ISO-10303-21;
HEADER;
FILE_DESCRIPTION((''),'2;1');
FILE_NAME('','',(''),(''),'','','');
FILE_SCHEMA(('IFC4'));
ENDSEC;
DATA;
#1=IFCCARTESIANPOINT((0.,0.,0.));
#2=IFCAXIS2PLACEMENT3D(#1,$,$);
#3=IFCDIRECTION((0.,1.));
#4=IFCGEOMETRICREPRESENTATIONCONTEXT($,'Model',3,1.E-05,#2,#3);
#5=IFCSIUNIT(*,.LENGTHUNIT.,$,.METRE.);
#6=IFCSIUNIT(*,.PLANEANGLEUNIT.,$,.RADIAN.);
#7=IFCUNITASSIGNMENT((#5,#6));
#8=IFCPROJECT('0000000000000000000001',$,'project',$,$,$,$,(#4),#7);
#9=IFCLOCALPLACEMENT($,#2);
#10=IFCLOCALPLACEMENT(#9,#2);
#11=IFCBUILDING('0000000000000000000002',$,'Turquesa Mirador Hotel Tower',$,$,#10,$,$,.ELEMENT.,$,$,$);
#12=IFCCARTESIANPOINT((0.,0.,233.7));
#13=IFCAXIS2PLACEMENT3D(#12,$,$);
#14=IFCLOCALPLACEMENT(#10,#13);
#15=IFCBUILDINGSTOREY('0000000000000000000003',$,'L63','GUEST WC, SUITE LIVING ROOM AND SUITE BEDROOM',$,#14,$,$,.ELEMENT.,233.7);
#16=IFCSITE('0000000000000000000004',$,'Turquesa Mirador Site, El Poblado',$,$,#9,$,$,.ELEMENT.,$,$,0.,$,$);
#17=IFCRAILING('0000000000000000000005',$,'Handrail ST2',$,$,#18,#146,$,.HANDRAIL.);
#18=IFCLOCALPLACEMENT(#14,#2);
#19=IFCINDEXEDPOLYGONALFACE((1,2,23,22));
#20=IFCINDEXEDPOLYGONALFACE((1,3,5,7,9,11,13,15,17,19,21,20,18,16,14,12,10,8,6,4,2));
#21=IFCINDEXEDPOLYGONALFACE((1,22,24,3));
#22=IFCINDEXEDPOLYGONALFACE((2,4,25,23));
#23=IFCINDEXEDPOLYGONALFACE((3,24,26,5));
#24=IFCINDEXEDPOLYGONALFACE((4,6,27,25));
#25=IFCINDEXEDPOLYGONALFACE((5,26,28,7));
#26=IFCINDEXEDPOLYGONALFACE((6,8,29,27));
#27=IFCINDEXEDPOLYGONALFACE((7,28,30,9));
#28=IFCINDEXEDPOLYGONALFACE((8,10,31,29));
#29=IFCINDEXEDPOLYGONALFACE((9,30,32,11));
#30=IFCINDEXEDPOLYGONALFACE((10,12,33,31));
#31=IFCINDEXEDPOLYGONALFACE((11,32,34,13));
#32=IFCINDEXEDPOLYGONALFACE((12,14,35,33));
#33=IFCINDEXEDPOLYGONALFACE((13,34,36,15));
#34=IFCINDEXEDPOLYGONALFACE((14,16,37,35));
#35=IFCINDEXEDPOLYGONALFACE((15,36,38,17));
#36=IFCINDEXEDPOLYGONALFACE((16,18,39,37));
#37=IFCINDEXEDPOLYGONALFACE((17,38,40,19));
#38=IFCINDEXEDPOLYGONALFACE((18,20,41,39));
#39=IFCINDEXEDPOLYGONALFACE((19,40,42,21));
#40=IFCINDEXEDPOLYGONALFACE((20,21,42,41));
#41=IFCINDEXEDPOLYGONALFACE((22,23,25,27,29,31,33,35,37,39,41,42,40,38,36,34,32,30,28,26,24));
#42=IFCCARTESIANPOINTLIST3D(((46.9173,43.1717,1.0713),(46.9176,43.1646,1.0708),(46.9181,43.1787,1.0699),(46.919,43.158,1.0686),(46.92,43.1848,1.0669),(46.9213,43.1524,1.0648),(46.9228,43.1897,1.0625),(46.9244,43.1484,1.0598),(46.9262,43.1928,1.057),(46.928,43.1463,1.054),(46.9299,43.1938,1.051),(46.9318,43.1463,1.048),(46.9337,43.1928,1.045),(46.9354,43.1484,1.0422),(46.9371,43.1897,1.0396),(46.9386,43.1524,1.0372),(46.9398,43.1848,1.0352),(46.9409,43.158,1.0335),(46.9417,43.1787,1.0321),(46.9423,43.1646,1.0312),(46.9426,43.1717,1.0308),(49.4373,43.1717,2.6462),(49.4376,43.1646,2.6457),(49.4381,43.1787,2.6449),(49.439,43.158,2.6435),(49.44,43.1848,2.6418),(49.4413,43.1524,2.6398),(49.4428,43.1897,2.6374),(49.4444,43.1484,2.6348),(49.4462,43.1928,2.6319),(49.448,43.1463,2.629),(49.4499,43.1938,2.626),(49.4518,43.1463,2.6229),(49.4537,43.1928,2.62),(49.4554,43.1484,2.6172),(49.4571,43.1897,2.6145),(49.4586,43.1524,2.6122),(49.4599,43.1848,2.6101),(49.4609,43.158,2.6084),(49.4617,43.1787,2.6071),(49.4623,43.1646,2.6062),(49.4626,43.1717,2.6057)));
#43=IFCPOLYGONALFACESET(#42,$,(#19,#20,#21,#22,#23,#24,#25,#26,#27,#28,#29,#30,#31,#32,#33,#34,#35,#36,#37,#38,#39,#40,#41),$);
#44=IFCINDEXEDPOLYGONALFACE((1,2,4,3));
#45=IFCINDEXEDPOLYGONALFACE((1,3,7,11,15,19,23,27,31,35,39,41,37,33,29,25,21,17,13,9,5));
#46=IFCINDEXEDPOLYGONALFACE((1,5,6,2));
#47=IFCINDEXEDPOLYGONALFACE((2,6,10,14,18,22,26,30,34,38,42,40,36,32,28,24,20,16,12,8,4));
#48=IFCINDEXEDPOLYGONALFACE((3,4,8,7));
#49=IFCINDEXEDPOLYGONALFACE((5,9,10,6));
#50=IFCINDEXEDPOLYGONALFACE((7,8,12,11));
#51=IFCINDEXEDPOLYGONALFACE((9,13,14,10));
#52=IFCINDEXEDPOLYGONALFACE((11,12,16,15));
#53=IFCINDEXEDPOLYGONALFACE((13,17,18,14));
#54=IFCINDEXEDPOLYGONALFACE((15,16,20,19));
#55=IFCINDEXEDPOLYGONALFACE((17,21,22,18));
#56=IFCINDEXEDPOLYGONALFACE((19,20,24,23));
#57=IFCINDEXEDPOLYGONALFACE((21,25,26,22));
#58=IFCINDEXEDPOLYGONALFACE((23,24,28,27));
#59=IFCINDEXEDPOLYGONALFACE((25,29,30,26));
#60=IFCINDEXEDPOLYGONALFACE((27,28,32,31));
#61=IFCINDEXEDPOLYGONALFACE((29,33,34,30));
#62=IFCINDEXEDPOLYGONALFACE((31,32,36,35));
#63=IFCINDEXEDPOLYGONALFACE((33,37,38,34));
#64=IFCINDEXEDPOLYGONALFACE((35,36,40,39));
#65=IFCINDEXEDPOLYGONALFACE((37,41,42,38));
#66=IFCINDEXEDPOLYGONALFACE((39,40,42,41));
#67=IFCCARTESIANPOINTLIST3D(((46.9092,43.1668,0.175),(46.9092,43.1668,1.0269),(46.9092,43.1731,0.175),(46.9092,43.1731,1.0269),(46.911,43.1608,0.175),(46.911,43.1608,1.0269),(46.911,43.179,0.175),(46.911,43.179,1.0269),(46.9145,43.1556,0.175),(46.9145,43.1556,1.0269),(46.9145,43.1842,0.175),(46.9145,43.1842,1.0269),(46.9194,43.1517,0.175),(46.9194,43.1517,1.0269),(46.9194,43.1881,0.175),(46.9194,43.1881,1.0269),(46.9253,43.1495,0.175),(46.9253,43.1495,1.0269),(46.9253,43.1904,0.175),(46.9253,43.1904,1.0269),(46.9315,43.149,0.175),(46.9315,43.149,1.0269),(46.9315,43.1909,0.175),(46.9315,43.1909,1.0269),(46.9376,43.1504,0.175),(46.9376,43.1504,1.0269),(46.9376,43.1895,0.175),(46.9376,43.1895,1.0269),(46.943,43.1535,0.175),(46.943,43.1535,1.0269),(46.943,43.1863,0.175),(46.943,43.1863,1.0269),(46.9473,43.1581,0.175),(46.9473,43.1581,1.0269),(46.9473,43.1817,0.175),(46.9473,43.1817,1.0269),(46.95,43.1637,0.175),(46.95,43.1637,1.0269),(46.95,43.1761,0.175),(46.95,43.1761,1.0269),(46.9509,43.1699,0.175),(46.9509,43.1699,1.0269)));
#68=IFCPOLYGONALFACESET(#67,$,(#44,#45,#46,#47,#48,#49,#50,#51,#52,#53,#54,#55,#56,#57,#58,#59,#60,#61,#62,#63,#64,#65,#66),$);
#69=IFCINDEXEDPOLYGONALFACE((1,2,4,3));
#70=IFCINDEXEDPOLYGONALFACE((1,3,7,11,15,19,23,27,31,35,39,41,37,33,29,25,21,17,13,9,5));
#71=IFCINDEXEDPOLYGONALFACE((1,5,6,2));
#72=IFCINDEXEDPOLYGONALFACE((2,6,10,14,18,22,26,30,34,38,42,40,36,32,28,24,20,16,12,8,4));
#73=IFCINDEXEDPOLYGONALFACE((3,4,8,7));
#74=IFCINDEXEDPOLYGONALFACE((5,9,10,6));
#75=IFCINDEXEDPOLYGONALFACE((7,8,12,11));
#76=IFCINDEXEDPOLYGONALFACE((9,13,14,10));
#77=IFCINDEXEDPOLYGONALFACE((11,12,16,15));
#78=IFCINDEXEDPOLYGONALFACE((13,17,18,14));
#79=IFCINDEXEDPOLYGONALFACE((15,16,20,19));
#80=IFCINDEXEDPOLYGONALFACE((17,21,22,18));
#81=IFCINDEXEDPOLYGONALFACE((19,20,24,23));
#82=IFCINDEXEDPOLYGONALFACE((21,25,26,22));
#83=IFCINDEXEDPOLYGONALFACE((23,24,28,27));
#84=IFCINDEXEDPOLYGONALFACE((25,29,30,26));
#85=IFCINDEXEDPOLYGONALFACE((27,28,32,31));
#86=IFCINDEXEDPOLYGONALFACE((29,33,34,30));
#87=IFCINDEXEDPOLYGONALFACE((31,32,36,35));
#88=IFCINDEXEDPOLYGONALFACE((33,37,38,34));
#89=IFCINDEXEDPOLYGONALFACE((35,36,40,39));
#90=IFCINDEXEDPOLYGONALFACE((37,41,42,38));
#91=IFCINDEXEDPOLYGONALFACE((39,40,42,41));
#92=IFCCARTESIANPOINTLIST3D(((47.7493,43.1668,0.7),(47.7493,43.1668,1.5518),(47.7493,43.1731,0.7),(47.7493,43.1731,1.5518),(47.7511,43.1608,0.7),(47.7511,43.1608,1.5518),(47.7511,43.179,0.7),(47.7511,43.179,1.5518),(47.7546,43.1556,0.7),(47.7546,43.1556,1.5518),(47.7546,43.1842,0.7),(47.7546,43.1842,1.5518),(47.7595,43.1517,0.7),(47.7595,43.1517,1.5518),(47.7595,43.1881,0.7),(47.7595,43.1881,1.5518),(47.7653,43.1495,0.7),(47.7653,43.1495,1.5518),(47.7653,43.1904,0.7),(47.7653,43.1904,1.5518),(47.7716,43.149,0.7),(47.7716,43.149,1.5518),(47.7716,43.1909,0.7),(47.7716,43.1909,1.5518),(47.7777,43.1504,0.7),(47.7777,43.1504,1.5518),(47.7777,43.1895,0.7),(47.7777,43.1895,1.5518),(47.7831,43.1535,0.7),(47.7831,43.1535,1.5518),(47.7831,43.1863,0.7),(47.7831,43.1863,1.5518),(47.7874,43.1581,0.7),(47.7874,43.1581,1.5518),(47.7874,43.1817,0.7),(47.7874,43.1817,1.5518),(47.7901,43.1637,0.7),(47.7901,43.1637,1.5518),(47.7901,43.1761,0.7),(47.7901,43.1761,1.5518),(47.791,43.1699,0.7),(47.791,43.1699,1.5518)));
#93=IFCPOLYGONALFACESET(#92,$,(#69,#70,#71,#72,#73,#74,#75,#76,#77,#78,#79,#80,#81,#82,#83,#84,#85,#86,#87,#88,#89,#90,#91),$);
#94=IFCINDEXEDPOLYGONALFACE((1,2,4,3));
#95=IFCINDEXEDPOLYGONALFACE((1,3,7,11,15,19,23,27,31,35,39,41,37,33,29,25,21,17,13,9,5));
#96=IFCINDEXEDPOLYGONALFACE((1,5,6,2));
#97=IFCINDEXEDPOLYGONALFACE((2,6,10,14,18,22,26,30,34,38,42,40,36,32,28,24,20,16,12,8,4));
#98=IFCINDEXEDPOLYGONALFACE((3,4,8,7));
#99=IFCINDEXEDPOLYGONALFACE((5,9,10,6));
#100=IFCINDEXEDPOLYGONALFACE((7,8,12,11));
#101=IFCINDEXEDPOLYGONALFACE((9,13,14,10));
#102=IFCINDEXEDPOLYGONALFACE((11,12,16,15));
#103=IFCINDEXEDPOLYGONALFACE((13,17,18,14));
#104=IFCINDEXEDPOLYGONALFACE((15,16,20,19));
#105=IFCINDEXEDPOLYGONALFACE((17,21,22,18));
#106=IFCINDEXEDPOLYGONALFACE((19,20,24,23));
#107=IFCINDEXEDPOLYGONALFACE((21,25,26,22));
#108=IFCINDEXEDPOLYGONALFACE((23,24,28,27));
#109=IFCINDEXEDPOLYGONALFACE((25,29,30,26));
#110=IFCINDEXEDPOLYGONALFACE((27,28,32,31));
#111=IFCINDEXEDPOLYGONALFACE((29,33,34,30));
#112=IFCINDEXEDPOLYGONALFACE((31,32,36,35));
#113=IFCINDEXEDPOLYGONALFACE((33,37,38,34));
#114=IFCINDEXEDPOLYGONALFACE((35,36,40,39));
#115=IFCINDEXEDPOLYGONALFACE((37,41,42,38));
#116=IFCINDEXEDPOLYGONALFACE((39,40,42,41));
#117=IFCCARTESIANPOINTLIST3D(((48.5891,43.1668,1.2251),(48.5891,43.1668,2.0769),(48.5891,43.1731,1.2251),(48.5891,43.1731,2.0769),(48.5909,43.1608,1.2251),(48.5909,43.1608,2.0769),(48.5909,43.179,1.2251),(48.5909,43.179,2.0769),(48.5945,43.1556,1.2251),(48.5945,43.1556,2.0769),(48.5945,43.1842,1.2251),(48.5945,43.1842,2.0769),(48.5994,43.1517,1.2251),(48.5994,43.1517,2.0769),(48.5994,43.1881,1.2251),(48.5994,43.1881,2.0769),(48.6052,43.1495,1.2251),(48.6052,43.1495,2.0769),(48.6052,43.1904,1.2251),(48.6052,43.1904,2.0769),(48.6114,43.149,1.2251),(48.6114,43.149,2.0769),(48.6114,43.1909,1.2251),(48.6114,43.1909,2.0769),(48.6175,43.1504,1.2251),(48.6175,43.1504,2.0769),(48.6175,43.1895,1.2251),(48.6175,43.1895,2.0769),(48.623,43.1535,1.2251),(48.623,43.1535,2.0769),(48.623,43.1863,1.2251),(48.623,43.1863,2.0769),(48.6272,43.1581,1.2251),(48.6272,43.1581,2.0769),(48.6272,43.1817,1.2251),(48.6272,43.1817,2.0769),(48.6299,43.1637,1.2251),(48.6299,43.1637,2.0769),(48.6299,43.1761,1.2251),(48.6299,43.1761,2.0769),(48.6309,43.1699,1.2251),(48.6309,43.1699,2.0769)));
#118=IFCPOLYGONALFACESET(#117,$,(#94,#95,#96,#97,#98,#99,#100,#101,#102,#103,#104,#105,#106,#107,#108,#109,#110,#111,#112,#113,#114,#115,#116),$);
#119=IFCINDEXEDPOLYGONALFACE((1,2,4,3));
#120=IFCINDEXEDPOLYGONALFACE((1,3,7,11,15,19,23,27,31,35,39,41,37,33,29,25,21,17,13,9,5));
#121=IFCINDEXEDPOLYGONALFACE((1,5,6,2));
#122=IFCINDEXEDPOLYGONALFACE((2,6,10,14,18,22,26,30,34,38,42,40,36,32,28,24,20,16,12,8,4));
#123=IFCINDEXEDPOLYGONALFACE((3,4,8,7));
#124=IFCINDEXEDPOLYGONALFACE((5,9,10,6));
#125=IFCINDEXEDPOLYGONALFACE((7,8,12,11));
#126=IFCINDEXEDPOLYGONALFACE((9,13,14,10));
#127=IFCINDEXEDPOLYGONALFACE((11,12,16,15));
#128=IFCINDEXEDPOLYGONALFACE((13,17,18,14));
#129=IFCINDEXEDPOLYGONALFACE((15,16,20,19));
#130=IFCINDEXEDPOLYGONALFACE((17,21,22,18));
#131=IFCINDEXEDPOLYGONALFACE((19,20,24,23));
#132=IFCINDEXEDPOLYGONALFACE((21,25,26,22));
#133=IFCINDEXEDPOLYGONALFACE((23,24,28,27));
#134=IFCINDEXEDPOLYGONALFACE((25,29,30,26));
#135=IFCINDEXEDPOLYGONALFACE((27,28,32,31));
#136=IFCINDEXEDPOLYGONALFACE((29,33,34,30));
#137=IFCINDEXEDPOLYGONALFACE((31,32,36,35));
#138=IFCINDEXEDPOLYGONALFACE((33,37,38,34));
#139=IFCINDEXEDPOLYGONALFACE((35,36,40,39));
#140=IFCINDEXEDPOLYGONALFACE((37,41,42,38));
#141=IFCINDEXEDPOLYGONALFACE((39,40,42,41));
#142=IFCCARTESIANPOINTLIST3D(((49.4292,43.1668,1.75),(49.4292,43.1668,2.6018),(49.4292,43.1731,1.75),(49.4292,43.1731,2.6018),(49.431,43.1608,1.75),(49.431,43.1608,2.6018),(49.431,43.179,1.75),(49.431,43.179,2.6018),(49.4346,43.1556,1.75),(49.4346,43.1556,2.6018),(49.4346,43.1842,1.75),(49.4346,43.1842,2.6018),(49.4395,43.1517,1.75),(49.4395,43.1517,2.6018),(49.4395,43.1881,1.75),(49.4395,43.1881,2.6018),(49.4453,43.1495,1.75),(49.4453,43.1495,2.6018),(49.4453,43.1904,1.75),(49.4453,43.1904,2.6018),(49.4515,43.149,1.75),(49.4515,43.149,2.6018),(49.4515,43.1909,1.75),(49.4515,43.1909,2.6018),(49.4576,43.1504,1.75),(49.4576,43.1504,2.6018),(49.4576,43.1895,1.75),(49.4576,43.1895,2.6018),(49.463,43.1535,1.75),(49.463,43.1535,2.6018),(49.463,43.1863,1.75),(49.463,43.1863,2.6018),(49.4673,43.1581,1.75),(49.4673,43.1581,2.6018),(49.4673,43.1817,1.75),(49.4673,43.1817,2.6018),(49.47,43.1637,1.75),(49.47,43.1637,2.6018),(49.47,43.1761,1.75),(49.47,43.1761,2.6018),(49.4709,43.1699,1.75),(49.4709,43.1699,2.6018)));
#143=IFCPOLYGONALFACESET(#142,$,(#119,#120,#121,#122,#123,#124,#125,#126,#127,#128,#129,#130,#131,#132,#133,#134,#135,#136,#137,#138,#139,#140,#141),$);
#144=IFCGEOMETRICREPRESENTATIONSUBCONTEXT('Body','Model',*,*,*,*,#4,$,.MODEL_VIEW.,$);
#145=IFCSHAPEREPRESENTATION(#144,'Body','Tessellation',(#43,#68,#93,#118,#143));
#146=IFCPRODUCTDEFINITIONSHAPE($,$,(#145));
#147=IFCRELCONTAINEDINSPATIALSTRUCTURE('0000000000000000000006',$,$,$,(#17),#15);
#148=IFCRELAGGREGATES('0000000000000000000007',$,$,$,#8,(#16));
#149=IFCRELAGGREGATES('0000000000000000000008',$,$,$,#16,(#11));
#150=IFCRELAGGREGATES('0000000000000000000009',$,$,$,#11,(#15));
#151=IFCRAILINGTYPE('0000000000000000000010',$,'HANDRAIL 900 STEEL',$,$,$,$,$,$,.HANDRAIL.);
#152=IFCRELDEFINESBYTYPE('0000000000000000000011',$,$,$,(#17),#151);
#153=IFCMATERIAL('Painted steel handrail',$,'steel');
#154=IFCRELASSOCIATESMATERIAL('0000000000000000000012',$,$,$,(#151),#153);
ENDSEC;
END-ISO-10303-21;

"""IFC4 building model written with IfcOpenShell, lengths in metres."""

from ifc_helpers import new_model, si_unit, direction, frame, origin, origin_2d, place, context, subcontext, project, spatial, circle, extrude, material, type_object, element, save


model = new_model("IFC4")

# Units and contexts
model_context = context("Model", 3, precision=1e-05, world=origin(), true_north=direction((0.0, 1.0)))
body_context = subcontext(model_context, "Body", "Model", "MODEL_VIEW")
ifc_project = project(units=[si_unit("LENGTHUNIT", "METRE"), si_unit("PLANEANGLEUNIT", "RADIAN")], contexts=[model_context])

# Site, building, storey
site_placement = place(None, origin())
site = spatial("IfcSite", under=ifc_project, at=site_placement, Name="Turquesa Mirador Site, El Poblado", CompositionType="ELEMENT", RefElevation=0.0)
building_placement = place(site_placement, origin())
building = spatial("IfcBuilding", under=site, at=building_placement, Name="Turquesa Mirador Hotel Tower", CompositionType="ELEMENT")
storey_placement = place(building_placement, frame((0.0, 0.0, 233.7)))
storey = spatial("IfcBuildingStorey", under=building, at=storey_placement, Name="L63", Description="GUEST WC, SUITE LIVING ROOM AND SUITE BEDROOM", CompositionType="ELEMENT", Elevation=233.7)

# Railing
ifc_material_1 = material(Name="Painted steel handrail", Category="steel")
railing_type = type_object("IfcRailingType", Name="HANDRAIL 900 STEEL", PredefinedType="HANDRAIL", material=ifc_material_1)
railing_placement = place(storey_placement, frame((46.9299, 43.1699, 0.175)))
element("IfcRailing", 1, at=railing_placement, inside=storey, type_object=railing_type, Name="Handrail ST2", PredefinedType="HANDRAIL", context=body_context, shape_type="SweptSolid", body=[
    extrude(circle(Radius=0.0239, at=origin_2d()), frame((0.0, 0.0, 0.876), z_axis=(0.848008, 0.0, 0.529984), x_axis=(0.0, 1.0, 0.0)), (0.0, 0.0, 1.0), 2.9717),
    extrude(circle(Radius=0.021, at=origin_2d()), origin(), (0.0, 0.0, 1.0), 0.8518),
    extrude(circle(Radius=0.021, at=origin_2d()), frame((0.8401, 0.0, 0.5249)), (0.0, 0.0, 1.0), 0.8518),
    extrude(circle(Radius=0.021, at=origin_2d()), frame((1.6799, 0.0, 1.05)), (0.0, 0.0, 1.0), 0.8518),
    extrude(circle(Radius=0.021, at=origin_2d()), frame((2.52, 0.0, 1.575)), (0.0, 0.0, 1.0), 0.8518),
])

save(model, "model.ifc")
